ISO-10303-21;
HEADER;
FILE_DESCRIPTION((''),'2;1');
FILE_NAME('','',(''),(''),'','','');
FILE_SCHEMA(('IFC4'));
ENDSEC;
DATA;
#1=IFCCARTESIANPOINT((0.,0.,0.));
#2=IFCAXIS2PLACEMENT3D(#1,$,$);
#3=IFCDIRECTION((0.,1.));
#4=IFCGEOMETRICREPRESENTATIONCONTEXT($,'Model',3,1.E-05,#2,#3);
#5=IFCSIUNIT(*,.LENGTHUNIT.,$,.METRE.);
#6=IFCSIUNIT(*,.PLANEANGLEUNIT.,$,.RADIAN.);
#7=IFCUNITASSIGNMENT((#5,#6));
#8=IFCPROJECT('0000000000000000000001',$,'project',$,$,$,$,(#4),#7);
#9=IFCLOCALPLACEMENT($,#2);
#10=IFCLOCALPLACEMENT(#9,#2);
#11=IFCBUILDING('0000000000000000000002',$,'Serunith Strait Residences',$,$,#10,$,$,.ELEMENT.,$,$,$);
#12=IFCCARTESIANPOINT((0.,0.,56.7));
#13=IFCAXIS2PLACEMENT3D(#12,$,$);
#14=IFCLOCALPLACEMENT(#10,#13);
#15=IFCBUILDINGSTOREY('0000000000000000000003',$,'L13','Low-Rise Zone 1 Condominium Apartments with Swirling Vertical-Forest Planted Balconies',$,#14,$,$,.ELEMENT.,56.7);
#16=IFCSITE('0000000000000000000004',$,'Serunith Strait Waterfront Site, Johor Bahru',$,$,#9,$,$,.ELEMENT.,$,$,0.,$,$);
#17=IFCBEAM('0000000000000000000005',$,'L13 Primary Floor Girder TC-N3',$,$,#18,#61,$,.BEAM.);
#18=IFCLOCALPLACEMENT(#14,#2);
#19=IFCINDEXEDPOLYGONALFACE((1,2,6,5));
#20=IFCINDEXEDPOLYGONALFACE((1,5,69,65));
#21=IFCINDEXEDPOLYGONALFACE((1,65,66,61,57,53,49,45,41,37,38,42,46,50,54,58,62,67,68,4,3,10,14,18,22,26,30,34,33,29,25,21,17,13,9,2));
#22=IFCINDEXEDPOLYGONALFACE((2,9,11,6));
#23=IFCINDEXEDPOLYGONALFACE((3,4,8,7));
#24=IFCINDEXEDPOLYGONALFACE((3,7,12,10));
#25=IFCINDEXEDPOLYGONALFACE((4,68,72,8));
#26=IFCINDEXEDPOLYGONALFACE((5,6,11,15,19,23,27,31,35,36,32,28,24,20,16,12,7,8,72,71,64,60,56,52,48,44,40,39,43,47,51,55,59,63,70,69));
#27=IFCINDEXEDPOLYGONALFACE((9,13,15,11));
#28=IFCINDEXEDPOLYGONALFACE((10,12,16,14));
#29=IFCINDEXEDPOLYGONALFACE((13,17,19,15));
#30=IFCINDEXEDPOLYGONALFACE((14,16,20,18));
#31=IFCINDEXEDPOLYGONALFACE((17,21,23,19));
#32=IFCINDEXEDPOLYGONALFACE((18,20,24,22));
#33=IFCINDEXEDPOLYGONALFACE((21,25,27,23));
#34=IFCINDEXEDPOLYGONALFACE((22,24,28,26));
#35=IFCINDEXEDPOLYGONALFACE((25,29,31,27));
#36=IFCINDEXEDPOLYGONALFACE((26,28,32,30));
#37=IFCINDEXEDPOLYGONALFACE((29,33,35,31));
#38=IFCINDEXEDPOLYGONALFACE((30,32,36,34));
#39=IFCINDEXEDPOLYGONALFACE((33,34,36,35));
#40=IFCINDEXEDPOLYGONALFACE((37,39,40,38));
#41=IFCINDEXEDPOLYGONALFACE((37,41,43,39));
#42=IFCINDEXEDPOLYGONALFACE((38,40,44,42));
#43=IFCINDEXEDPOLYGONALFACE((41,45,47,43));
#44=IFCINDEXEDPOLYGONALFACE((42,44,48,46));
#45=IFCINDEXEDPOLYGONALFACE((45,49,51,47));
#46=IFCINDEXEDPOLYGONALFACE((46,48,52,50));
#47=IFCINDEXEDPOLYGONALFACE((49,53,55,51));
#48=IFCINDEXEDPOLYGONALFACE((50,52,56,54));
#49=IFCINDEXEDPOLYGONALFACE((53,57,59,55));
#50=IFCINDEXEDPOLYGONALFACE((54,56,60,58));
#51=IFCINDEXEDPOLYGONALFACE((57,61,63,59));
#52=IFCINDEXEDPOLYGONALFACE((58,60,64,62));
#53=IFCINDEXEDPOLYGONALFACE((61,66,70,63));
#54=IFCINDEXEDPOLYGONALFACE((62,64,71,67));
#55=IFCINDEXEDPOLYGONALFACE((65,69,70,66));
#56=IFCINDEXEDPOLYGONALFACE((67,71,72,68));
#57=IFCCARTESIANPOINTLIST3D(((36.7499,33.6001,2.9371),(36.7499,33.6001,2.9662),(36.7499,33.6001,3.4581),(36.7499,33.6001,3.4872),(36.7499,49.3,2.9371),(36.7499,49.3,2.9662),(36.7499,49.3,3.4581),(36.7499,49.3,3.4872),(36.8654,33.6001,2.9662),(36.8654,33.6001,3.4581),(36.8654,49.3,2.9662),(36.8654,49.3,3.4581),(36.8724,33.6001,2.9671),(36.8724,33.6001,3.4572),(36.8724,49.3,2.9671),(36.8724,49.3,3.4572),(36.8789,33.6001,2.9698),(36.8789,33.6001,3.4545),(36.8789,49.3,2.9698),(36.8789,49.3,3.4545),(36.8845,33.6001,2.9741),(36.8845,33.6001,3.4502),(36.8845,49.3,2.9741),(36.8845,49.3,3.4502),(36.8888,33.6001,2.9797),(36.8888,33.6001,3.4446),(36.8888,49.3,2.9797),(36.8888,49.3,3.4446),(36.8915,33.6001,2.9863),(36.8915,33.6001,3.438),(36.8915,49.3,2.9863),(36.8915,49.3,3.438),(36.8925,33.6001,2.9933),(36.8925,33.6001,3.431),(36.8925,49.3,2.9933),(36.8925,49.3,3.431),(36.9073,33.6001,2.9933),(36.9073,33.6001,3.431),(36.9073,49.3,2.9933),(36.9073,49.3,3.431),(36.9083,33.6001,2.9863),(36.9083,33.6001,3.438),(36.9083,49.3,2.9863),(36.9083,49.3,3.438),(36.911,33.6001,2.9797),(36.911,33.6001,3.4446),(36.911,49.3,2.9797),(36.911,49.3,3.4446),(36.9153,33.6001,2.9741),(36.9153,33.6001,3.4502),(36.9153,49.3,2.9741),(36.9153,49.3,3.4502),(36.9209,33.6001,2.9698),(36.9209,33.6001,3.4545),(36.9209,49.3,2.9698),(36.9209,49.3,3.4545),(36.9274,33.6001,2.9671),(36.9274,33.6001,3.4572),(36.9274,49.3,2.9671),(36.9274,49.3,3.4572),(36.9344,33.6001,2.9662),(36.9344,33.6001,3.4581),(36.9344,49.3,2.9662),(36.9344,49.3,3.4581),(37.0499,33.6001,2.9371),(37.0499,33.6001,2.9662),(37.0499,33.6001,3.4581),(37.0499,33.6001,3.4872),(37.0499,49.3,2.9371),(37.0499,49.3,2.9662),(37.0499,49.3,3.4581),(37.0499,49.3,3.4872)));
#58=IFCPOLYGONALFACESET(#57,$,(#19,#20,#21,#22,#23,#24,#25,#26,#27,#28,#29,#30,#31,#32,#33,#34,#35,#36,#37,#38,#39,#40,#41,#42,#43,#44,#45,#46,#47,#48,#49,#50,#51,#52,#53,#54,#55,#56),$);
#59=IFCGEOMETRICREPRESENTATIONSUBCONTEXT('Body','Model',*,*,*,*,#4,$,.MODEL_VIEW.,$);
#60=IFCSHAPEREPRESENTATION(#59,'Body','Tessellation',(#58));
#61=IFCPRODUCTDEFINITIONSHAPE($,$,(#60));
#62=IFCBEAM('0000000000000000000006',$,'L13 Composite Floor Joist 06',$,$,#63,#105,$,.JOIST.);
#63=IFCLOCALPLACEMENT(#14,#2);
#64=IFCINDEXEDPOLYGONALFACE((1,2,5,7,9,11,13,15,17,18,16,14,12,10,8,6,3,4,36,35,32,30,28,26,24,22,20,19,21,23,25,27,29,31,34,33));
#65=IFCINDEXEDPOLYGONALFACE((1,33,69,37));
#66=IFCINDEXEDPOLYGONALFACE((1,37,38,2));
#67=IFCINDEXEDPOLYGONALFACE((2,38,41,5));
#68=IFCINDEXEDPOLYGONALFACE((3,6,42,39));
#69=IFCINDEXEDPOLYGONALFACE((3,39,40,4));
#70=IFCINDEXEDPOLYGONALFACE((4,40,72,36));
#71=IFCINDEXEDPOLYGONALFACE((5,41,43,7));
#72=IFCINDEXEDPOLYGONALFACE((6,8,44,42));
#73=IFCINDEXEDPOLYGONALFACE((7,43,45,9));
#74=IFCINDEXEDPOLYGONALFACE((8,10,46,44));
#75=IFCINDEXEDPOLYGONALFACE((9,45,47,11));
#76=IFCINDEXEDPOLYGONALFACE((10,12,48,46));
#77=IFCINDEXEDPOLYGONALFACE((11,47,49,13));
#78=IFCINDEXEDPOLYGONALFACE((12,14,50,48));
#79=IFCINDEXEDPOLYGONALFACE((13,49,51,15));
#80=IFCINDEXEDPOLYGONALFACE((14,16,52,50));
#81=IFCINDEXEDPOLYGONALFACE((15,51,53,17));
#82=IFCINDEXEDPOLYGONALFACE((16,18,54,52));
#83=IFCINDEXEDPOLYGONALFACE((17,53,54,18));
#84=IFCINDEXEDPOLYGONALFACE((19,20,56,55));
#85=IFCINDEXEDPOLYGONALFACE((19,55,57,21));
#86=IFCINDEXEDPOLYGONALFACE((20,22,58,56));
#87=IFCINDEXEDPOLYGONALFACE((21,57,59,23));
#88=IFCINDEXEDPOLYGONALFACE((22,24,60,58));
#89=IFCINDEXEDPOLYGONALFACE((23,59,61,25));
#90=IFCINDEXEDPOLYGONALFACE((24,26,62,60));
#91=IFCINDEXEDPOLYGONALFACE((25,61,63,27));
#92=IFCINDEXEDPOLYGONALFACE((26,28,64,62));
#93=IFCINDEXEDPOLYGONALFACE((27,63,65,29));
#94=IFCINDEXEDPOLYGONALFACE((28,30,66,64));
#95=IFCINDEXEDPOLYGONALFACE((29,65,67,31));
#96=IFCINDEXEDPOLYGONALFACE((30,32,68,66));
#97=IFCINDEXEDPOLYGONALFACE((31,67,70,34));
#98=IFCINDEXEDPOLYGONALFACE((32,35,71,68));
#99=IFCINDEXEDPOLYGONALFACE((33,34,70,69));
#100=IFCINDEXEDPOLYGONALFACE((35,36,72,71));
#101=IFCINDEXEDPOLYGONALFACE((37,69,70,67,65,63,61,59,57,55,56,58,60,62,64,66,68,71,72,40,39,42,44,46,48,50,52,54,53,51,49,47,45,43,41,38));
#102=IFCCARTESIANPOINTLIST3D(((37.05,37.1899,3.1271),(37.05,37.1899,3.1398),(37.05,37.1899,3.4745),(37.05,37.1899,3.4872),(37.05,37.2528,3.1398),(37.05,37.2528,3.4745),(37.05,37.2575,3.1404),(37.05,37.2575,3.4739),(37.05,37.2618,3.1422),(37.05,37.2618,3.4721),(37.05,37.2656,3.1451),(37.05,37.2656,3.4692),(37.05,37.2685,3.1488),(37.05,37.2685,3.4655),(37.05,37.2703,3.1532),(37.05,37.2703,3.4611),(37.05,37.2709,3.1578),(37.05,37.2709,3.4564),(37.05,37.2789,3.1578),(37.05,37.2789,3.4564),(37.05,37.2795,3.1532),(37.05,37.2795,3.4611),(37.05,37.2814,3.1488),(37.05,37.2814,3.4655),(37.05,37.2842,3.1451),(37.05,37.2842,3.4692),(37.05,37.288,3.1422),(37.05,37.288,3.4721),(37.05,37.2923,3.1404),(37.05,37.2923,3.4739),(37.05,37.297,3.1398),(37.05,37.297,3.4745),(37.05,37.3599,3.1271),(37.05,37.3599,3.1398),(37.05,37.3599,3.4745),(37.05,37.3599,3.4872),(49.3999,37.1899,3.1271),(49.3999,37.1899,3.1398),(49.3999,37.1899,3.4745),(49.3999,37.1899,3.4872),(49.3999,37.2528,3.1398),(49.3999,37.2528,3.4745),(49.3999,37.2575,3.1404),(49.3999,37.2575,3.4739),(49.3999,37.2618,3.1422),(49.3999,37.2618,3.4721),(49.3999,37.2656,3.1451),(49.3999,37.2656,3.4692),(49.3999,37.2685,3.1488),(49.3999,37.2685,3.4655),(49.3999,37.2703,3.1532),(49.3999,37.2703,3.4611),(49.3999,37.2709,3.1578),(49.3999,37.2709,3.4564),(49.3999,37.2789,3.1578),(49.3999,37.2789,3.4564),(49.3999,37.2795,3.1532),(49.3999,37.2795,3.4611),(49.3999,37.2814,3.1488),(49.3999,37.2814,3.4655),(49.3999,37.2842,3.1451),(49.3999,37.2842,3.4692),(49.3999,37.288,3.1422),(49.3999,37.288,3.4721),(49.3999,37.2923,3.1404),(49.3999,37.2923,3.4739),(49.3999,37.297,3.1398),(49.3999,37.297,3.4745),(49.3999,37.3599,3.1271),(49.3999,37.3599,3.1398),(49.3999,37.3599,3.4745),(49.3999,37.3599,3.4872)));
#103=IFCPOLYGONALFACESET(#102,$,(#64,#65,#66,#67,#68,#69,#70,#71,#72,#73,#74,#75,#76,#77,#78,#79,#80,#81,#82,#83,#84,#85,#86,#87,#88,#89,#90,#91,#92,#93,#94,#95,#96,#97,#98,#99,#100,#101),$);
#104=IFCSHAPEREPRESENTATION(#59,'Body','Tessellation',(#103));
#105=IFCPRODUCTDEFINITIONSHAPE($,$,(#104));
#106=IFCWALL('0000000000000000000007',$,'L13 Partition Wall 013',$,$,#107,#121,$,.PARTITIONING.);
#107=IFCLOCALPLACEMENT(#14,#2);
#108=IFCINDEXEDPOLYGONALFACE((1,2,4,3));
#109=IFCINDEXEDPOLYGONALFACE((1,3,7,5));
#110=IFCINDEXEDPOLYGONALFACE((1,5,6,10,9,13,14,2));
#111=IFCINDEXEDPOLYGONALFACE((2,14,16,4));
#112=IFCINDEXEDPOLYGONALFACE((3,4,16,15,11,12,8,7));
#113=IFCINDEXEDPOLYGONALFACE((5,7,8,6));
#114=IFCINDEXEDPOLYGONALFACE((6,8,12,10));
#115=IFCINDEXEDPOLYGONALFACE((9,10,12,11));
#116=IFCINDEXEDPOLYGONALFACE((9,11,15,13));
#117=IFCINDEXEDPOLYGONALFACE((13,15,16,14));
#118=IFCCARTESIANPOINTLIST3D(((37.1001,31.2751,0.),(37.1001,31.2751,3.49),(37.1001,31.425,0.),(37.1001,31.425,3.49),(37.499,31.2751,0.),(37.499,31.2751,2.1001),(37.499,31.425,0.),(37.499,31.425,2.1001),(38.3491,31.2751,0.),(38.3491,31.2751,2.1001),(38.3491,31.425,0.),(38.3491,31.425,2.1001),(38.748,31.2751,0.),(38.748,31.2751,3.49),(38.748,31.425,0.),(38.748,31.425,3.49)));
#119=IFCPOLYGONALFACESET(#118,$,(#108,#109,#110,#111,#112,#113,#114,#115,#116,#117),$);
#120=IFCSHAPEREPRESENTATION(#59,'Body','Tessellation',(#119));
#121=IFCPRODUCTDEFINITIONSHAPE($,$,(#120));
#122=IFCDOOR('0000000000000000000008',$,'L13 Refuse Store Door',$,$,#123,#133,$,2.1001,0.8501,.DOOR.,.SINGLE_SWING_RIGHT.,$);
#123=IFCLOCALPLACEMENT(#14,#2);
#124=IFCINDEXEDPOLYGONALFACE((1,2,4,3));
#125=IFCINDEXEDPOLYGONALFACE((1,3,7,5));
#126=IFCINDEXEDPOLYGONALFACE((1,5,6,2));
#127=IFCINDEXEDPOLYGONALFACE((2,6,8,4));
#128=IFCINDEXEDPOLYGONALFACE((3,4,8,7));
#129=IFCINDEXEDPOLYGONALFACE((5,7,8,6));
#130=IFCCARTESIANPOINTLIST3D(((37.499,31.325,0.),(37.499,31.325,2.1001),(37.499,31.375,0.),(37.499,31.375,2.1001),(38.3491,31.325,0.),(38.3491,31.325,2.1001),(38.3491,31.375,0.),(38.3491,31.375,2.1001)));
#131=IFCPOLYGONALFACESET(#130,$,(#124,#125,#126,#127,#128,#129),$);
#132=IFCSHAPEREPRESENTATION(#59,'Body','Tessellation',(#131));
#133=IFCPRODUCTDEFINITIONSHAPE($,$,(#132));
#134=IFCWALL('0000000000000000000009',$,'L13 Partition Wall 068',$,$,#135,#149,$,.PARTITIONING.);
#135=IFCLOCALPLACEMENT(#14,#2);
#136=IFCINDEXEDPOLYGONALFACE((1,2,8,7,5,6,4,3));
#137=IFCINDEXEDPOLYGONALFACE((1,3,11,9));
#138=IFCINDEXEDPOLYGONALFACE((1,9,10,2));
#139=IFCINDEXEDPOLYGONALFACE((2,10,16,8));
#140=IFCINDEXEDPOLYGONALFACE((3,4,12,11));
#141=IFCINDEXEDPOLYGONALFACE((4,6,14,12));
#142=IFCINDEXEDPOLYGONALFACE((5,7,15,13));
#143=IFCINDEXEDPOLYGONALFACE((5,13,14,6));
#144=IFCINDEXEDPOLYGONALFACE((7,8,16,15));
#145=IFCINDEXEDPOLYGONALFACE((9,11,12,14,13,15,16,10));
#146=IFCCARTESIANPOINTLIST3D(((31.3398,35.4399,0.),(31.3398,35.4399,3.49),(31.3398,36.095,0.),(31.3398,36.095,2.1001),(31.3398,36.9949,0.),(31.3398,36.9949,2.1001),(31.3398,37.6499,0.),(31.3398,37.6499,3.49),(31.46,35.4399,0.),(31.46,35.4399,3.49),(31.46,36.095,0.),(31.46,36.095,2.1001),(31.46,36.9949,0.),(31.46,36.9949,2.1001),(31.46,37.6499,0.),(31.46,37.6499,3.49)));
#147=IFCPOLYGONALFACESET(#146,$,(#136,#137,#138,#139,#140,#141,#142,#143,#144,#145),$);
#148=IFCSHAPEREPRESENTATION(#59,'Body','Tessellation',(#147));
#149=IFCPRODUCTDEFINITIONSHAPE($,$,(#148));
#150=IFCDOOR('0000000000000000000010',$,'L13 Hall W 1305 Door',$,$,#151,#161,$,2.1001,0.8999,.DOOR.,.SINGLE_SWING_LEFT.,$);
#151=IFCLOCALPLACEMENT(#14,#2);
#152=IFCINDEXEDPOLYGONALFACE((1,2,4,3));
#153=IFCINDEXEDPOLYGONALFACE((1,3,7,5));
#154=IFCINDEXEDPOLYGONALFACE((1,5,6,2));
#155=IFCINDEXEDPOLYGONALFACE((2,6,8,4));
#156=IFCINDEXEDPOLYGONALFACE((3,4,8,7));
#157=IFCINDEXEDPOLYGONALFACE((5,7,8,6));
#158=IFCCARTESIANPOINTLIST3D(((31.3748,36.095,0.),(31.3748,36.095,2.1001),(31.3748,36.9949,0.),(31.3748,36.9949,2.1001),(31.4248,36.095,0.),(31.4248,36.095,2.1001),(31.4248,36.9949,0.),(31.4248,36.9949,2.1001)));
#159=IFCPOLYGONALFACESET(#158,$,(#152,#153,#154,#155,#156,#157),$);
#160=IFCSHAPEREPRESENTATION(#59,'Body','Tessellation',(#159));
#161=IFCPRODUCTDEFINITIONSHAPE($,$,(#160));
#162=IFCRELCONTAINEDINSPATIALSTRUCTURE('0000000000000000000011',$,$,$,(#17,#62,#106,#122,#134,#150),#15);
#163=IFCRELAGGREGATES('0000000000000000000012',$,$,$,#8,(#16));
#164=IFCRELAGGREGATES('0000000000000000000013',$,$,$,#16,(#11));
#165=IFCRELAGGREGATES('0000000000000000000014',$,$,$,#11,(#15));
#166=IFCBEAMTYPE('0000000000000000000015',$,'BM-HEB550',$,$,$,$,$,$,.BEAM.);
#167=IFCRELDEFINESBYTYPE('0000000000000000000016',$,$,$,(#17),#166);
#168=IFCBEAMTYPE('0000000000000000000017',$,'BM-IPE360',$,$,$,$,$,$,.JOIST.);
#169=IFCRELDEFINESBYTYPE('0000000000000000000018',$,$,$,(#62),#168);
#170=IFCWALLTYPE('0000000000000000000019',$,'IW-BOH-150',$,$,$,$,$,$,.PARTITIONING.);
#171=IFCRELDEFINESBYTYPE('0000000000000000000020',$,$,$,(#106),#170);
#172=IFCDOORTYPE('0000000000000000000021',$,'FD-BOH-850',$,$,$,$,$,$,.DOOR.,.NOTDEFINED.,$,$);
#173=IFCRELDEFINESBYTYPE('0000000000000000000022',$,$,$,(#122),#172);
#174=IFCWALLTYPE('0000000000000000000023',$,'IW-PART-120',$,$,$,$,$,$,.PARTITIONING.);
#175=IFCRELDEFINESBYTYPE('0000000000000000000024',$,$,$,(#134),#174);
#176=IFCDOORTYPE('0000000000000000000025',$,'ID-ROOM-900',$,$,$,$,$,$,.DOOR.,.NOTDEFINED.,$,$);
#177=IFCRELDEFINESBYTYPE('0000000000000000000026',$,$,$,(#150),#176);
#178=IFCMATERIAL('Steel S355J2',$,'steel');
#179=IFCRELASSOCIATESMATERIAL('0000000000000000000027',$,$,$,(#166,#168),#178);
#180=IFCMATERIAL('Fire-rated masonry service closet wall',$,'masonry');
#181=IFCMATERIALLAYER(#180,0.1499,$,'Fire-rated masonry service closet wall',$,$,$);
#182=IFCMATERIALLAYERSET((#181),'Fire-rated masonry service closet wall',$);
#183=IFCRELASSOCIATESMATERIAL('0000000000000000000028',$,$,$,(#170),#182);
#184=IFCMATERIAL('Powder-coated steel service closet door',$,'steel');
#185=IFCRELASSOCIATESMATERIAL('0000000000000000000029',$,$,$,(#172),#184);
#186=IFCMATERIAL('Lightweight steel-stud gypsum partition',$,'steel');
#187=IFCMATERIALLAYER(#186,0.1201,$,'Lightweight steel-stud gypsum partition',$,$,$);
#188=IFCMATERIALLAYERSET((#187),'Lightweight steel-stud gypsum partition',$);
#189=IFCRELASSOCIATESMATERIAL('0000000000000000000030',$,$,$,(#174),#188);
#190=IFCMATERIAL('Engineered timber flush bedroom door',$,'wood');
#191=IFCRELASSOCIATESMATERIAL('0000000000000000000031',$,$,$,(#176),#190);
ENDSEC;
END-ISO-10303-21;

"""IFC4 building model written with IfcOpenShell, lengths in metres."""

from ifc_helpers import new_model, si_unit, direction, frame, frame_2d, origin, origin_2d, place, context, subcontext, project, spatial, rectangle, i_section, extrude, source, transform, mapped, material, layer, layer_set, material_profile, profile_set, type_object, element, fill, save


model = new_model("IFC4")

# Units and contexts
model_context = context("Model", 3, precision=1e-05, world=origin(), true_north=direction((0.0, 1.0)))
body_context = subcontext(model_context, "Body", "Model", "MODEL_VIEW")
ifc_project = project(units=[si_unit("LENGTHUNIT", "METRE"), si_unit("PLANEANGLEUNIT", "RADIAN")], contexts=[model_context])

# Site, building, storey
site_placement = place(None, origin())
site = spatial("IfcSite", under=ifc_project, at=site_placement, Name="Serunith Strait Waterfront Site, Johor Bahru", CompositionType="ELEMENT", RefElevation=0.0)
building_placement = place(site_placement, origin())
building = spatial("IfcBuilding", under=site, at=building_placement, Name="Serunith Strait Residences", CompositionType="ELEMENT")
storey_placement = place(building_placement, frame((0.0, 0.0, 56.7)))
storey = spatial("IfcBuildingStorey", under=building, at=storey_placement, Name="L13", Description="Low-Rise Zone 1 Condominium Apartments with Swirling Vertical-Forest Planted Balconies", CompositionType="ELEMENT", Elevation=56.7)

# Beams
ifc_material_1 = material(Name="Steel S355J2", Category="steel")
ifc_material_profile_1 = material_profile(ifc_material_1, i_section(OverallWidth=0.3, OverallDepth=0.55, WebThickness=0.0149, FlangeThickness=0.0291, FilletRadius=0.0271, at=origin_2d()), Name="HEB 550")
ifc_profile_set_1 = profile_set([ifc_material_profile_1], Name="Steel S355J2")
beam_type_1 = type_object("IfcBeamType", Name="BM-HEB550", PredefinedType="BEAM", material=ifc_profile_set_1)
shared_shape_1 = source(origin(), body_context, "Body", "SweptSolid", [
    extrude(i_section(OverallWidth=0.3, OverallDepth=0.55, WebThickness=0.0149, FlangeThickness=0.0291, FilletRadius=0.0271, at=origin_2d()), origin(), (0.0, 0.0, 1.0), 15.7),
])
beam_1_placement = place(storey_placement, frame((36.8999, 33.6001, 3.2122), z_axis=(0.0, 1.0, 0.0), x_axis=(-1.0, 0.0, 0.0)))
element("IfcBeam", 1, at=beam_1_placement, inside=storey, type_object=beam_type_1, Name="L13 Primary Floor Girder TC-N3", PredefinedType="BEAM", context=body_context, shape_type="MappedRepresentation", body=[
    mapped(shared_shape_1, transform((0.0, 0.0, 0.0), scale=1.0)),
])
ifc_material_profile_2 = material_profile(ifc_material_1, i_section(OverallWidth=0.1699, OverallDepth=0.3601, WebThickness=0.0081, FlangeThickness=0.0127, FilletRadius=0.0181, at=origin_2d()), Name="IPE 360")
ifc_profile_set_2 = profile_set([ifc_material_profile_2], Name="Steel S355J2")
beam_type_2 = type_object("IfcBeamType", Name="BM-IPE360", PredefinedType="JOIST", material=ifc_profile_set_2)
shared_shape_2 = source(origin(), body_context, "Body", "SweptSolid", [
    extrude(i_section(OverallWidth=0.1699, OverallDepth=0.3601, WebThickness=0.0081, FlangeThickness=0.0127, FilletRadius=0.0181, at=origin_2d()), origin(), (0.0, 0.0, 1.0), 12.3499),
])
beam_2_placement = place(storey_placement, frame((37.05, 37.2749, 3.3071), z_axis=(1.0, 0.0, 0.0), x_axis=(0.0, 1.0, 0.0)))
element("IfcBeam", 2, at=beam_2_placement, inside=storey, type_object=beam_type_2, Name="L13 Composite Floor Joist 06", PredefinedType="JOIST", context=body_context, shape_type="MappedRepresentation", body=[
    mapped(shared_shape_2, transform((0.0, 0.0, 0.0), scale=1.0)),
])

# Walls, openings, doors
ifc_material_2 = material(Name="Fire-rated masonry service closet wall", Category="masonry")
ifc_layer_1 = layer(ifc_material_2, 0.1499, Name="Fire-rated masonry service closet wall")
ifc_layer_set_1 = layer_set([ifc_layer_1], Name="Fire-rated masonry service closet wall")
wall_type_1 = type_object("IfcWallType", Name="IW-BOH-150", PredefinedType="PARTITIONING", material=ifc_layer_set_1)
wall_1_placement = place(storey_placement, frame((37.1001, 31.3501, 0.0), z_axis=(0.0, 0.0, 1.0), x_axis=(1.0, 0.0, 0.0)))
wall_1 = element("IfcWall", 3, at=wall_1_placement, inside=storey, type_object=wall_type_1, Name="L13 Partition Wall 013", PredefinedType="PARTITIONING", context=body_context, shape_type="SweptSolid", body=[
    extrude(rectangle(XDim=1.6479, YDim=0.1499, at=frame_2d((0.824, 0.0))), origin(), (0.0, 0.0, 1.0), 3.49),
])
opening_1_placement = place(wall_1_placement, frame((0.3989, 0.0, 0.0)))
opening_1 = element("IfcOpeningElement", 4, at=opening_1_placement, cuts=wall_1, PredefinedType="OPENING", context=body_context, shape_type="SweptSolid", body=[
    extrude(rectangle(XDim=0.8501, YDim=2.1001, at=frame_2d((0.425, 1.05))), frame((0.0, 0.085, 0.0), z_axis=(0.0, -1.0, 0.0), x_axis=(1.0, 0.0, 0.0)), (0.0, 0.0, 1.0), 0.1699),
])
ifc_material_3 = material(Name="Powder-coated steel service closet door", Category="steel")
door_type_1 = type_object("IfcDoorType", Name="FD-BOH-850", OperationType="NOTDEFINED", PredefinedType="DOOR", material=ifc_material_3)
shared_shape_3 = source(origin(), body_context, "Body", "SweptSolid", [
    extrude(rectangle(XDim=0.8501, YDim=2.1001, at=frame_2d((0.425, 1.05))), frame((0.0, 0.0249, 0.0), z_axis=(0.0, -1.0, 0.0), x_axis=(1.0, 0.0, 0.0)), (0.0, 0.0, 1.0), 0.05),
])
door_1_placement = place(opening_1_placement, origin())
door_1 = element("IfcDoor", 5, at=door_1_placement, inside=storey, type_object=door_type_1, Name="L13 Refuse Store Door", OperationType="SINGLE_SWING_RIGHT", OverallHeight=2.1001, OverallWidth=0.8501, PredefinedType="DOOR", context=body_context, shape_type="MappedRepresentation", body=[
    mapped(shared_shape_3, transform((0.0, 0.0, 0.0), scale=1.0)),
])
fill(opening_1, door_1)
ifc_material_4 = material(Name="Lightweight steel-stud gypsum partition", Category="steel")
ifc_layer_2 = layer(ifc_material_4, 0.1201, Name="Lightweight steel-stud gypsum partition")
ifc_layer_set_2 = layer_set([ifc_layer_2], Name="Lightweight steel-stud gypsum partition")
wall_type_2 = type_object("IfcWallType", Name="IW-PART-120", PredefinedType="PARTITIONING", material=ifc_layer_set_2)
wall_2_placement = place(storey_placement, frame((31.3999, 37.6499, 0.0), z_axis=(0.0, 0.0, 1.0), x_axis=(0.0, -1.0, 0.0)))
wall_2 = element("IfcWall", 6, at=wall_2_placement, inside=storey, type_object=wall_type_2, Name="L13 Partition Wall 068", PredefinedType="PARTITIONING", context=body_context, shape_type="SweptSolid", body=[
    extrude(rectangle(XDim=2.21, YDim=0.1201, at=frame_2d((1.105, 0.0))), origin(), (0.0, 0.0, 1.0), 3.49),
])
opening_2_placement = place(wall_2_placement, frame((0.655, 0.0, 0.0)))
opening_2 = element("IfcOpeningElement", 7, at=opening_2_placement, cuts=wall_2, PredefinedType="OPENING", context=body_context, shape_type="SweptSolid", body=[
    extrude(rectangle(XDim=0.8999, YDim=2.1001, at=frame_2d((0.45, 1.05))), frame((0.0, 0.0701, 0.0), z_axis=(0.0, -1.0, 0.0), x_axis=(1.0, 0.0, 0.0)), (0.0, 0.0, 1.0), 0.1401),
])
ifc_material_5 = material(Name="Engineered timber flush bedroom door", Category="wood")
door_type_2 = type_object("IfcDoorType", Name="ID-ROOM-900", OperationType="NOTDEFINED", PredefinedType="DOOR", material=ifc_material_5)
shared_shape_4 = source(origin(), body_context, "Body", "SweptSolid", [
    extrude(rectangle(XDim=0.8999, YDim=2.1001, at=frame_2d((0.45, 1.05))), frame((0.0, 0.0249, 0.0), z_axis=(0.0, -1.0, 0.0), x_axis=(1.0, 0.0, 0.0)), (0.0, 0.0, 1.0), 0.05),
])
door_2_placement = place(opening_2_placement, origin())
door_2 = element("IfcDoor", 8, at=door_2_placement, inside=storey, type_object=door_type_2, Name="L13 Hall W 1305 Door", OperationType="SINGLE_SWING_LEFT", OverallHeight=2.1001, OverallWidth=0.8999, PredefinedType="DOOR", context=body_context, shape_type="MappedRepresentation", body=[
    mapped(shared_shape_4, transform((0.0, 0.0, 0.0), scale=1.0)),
])
fill(opening_2, door_2)

save(model, "model.ifc")
